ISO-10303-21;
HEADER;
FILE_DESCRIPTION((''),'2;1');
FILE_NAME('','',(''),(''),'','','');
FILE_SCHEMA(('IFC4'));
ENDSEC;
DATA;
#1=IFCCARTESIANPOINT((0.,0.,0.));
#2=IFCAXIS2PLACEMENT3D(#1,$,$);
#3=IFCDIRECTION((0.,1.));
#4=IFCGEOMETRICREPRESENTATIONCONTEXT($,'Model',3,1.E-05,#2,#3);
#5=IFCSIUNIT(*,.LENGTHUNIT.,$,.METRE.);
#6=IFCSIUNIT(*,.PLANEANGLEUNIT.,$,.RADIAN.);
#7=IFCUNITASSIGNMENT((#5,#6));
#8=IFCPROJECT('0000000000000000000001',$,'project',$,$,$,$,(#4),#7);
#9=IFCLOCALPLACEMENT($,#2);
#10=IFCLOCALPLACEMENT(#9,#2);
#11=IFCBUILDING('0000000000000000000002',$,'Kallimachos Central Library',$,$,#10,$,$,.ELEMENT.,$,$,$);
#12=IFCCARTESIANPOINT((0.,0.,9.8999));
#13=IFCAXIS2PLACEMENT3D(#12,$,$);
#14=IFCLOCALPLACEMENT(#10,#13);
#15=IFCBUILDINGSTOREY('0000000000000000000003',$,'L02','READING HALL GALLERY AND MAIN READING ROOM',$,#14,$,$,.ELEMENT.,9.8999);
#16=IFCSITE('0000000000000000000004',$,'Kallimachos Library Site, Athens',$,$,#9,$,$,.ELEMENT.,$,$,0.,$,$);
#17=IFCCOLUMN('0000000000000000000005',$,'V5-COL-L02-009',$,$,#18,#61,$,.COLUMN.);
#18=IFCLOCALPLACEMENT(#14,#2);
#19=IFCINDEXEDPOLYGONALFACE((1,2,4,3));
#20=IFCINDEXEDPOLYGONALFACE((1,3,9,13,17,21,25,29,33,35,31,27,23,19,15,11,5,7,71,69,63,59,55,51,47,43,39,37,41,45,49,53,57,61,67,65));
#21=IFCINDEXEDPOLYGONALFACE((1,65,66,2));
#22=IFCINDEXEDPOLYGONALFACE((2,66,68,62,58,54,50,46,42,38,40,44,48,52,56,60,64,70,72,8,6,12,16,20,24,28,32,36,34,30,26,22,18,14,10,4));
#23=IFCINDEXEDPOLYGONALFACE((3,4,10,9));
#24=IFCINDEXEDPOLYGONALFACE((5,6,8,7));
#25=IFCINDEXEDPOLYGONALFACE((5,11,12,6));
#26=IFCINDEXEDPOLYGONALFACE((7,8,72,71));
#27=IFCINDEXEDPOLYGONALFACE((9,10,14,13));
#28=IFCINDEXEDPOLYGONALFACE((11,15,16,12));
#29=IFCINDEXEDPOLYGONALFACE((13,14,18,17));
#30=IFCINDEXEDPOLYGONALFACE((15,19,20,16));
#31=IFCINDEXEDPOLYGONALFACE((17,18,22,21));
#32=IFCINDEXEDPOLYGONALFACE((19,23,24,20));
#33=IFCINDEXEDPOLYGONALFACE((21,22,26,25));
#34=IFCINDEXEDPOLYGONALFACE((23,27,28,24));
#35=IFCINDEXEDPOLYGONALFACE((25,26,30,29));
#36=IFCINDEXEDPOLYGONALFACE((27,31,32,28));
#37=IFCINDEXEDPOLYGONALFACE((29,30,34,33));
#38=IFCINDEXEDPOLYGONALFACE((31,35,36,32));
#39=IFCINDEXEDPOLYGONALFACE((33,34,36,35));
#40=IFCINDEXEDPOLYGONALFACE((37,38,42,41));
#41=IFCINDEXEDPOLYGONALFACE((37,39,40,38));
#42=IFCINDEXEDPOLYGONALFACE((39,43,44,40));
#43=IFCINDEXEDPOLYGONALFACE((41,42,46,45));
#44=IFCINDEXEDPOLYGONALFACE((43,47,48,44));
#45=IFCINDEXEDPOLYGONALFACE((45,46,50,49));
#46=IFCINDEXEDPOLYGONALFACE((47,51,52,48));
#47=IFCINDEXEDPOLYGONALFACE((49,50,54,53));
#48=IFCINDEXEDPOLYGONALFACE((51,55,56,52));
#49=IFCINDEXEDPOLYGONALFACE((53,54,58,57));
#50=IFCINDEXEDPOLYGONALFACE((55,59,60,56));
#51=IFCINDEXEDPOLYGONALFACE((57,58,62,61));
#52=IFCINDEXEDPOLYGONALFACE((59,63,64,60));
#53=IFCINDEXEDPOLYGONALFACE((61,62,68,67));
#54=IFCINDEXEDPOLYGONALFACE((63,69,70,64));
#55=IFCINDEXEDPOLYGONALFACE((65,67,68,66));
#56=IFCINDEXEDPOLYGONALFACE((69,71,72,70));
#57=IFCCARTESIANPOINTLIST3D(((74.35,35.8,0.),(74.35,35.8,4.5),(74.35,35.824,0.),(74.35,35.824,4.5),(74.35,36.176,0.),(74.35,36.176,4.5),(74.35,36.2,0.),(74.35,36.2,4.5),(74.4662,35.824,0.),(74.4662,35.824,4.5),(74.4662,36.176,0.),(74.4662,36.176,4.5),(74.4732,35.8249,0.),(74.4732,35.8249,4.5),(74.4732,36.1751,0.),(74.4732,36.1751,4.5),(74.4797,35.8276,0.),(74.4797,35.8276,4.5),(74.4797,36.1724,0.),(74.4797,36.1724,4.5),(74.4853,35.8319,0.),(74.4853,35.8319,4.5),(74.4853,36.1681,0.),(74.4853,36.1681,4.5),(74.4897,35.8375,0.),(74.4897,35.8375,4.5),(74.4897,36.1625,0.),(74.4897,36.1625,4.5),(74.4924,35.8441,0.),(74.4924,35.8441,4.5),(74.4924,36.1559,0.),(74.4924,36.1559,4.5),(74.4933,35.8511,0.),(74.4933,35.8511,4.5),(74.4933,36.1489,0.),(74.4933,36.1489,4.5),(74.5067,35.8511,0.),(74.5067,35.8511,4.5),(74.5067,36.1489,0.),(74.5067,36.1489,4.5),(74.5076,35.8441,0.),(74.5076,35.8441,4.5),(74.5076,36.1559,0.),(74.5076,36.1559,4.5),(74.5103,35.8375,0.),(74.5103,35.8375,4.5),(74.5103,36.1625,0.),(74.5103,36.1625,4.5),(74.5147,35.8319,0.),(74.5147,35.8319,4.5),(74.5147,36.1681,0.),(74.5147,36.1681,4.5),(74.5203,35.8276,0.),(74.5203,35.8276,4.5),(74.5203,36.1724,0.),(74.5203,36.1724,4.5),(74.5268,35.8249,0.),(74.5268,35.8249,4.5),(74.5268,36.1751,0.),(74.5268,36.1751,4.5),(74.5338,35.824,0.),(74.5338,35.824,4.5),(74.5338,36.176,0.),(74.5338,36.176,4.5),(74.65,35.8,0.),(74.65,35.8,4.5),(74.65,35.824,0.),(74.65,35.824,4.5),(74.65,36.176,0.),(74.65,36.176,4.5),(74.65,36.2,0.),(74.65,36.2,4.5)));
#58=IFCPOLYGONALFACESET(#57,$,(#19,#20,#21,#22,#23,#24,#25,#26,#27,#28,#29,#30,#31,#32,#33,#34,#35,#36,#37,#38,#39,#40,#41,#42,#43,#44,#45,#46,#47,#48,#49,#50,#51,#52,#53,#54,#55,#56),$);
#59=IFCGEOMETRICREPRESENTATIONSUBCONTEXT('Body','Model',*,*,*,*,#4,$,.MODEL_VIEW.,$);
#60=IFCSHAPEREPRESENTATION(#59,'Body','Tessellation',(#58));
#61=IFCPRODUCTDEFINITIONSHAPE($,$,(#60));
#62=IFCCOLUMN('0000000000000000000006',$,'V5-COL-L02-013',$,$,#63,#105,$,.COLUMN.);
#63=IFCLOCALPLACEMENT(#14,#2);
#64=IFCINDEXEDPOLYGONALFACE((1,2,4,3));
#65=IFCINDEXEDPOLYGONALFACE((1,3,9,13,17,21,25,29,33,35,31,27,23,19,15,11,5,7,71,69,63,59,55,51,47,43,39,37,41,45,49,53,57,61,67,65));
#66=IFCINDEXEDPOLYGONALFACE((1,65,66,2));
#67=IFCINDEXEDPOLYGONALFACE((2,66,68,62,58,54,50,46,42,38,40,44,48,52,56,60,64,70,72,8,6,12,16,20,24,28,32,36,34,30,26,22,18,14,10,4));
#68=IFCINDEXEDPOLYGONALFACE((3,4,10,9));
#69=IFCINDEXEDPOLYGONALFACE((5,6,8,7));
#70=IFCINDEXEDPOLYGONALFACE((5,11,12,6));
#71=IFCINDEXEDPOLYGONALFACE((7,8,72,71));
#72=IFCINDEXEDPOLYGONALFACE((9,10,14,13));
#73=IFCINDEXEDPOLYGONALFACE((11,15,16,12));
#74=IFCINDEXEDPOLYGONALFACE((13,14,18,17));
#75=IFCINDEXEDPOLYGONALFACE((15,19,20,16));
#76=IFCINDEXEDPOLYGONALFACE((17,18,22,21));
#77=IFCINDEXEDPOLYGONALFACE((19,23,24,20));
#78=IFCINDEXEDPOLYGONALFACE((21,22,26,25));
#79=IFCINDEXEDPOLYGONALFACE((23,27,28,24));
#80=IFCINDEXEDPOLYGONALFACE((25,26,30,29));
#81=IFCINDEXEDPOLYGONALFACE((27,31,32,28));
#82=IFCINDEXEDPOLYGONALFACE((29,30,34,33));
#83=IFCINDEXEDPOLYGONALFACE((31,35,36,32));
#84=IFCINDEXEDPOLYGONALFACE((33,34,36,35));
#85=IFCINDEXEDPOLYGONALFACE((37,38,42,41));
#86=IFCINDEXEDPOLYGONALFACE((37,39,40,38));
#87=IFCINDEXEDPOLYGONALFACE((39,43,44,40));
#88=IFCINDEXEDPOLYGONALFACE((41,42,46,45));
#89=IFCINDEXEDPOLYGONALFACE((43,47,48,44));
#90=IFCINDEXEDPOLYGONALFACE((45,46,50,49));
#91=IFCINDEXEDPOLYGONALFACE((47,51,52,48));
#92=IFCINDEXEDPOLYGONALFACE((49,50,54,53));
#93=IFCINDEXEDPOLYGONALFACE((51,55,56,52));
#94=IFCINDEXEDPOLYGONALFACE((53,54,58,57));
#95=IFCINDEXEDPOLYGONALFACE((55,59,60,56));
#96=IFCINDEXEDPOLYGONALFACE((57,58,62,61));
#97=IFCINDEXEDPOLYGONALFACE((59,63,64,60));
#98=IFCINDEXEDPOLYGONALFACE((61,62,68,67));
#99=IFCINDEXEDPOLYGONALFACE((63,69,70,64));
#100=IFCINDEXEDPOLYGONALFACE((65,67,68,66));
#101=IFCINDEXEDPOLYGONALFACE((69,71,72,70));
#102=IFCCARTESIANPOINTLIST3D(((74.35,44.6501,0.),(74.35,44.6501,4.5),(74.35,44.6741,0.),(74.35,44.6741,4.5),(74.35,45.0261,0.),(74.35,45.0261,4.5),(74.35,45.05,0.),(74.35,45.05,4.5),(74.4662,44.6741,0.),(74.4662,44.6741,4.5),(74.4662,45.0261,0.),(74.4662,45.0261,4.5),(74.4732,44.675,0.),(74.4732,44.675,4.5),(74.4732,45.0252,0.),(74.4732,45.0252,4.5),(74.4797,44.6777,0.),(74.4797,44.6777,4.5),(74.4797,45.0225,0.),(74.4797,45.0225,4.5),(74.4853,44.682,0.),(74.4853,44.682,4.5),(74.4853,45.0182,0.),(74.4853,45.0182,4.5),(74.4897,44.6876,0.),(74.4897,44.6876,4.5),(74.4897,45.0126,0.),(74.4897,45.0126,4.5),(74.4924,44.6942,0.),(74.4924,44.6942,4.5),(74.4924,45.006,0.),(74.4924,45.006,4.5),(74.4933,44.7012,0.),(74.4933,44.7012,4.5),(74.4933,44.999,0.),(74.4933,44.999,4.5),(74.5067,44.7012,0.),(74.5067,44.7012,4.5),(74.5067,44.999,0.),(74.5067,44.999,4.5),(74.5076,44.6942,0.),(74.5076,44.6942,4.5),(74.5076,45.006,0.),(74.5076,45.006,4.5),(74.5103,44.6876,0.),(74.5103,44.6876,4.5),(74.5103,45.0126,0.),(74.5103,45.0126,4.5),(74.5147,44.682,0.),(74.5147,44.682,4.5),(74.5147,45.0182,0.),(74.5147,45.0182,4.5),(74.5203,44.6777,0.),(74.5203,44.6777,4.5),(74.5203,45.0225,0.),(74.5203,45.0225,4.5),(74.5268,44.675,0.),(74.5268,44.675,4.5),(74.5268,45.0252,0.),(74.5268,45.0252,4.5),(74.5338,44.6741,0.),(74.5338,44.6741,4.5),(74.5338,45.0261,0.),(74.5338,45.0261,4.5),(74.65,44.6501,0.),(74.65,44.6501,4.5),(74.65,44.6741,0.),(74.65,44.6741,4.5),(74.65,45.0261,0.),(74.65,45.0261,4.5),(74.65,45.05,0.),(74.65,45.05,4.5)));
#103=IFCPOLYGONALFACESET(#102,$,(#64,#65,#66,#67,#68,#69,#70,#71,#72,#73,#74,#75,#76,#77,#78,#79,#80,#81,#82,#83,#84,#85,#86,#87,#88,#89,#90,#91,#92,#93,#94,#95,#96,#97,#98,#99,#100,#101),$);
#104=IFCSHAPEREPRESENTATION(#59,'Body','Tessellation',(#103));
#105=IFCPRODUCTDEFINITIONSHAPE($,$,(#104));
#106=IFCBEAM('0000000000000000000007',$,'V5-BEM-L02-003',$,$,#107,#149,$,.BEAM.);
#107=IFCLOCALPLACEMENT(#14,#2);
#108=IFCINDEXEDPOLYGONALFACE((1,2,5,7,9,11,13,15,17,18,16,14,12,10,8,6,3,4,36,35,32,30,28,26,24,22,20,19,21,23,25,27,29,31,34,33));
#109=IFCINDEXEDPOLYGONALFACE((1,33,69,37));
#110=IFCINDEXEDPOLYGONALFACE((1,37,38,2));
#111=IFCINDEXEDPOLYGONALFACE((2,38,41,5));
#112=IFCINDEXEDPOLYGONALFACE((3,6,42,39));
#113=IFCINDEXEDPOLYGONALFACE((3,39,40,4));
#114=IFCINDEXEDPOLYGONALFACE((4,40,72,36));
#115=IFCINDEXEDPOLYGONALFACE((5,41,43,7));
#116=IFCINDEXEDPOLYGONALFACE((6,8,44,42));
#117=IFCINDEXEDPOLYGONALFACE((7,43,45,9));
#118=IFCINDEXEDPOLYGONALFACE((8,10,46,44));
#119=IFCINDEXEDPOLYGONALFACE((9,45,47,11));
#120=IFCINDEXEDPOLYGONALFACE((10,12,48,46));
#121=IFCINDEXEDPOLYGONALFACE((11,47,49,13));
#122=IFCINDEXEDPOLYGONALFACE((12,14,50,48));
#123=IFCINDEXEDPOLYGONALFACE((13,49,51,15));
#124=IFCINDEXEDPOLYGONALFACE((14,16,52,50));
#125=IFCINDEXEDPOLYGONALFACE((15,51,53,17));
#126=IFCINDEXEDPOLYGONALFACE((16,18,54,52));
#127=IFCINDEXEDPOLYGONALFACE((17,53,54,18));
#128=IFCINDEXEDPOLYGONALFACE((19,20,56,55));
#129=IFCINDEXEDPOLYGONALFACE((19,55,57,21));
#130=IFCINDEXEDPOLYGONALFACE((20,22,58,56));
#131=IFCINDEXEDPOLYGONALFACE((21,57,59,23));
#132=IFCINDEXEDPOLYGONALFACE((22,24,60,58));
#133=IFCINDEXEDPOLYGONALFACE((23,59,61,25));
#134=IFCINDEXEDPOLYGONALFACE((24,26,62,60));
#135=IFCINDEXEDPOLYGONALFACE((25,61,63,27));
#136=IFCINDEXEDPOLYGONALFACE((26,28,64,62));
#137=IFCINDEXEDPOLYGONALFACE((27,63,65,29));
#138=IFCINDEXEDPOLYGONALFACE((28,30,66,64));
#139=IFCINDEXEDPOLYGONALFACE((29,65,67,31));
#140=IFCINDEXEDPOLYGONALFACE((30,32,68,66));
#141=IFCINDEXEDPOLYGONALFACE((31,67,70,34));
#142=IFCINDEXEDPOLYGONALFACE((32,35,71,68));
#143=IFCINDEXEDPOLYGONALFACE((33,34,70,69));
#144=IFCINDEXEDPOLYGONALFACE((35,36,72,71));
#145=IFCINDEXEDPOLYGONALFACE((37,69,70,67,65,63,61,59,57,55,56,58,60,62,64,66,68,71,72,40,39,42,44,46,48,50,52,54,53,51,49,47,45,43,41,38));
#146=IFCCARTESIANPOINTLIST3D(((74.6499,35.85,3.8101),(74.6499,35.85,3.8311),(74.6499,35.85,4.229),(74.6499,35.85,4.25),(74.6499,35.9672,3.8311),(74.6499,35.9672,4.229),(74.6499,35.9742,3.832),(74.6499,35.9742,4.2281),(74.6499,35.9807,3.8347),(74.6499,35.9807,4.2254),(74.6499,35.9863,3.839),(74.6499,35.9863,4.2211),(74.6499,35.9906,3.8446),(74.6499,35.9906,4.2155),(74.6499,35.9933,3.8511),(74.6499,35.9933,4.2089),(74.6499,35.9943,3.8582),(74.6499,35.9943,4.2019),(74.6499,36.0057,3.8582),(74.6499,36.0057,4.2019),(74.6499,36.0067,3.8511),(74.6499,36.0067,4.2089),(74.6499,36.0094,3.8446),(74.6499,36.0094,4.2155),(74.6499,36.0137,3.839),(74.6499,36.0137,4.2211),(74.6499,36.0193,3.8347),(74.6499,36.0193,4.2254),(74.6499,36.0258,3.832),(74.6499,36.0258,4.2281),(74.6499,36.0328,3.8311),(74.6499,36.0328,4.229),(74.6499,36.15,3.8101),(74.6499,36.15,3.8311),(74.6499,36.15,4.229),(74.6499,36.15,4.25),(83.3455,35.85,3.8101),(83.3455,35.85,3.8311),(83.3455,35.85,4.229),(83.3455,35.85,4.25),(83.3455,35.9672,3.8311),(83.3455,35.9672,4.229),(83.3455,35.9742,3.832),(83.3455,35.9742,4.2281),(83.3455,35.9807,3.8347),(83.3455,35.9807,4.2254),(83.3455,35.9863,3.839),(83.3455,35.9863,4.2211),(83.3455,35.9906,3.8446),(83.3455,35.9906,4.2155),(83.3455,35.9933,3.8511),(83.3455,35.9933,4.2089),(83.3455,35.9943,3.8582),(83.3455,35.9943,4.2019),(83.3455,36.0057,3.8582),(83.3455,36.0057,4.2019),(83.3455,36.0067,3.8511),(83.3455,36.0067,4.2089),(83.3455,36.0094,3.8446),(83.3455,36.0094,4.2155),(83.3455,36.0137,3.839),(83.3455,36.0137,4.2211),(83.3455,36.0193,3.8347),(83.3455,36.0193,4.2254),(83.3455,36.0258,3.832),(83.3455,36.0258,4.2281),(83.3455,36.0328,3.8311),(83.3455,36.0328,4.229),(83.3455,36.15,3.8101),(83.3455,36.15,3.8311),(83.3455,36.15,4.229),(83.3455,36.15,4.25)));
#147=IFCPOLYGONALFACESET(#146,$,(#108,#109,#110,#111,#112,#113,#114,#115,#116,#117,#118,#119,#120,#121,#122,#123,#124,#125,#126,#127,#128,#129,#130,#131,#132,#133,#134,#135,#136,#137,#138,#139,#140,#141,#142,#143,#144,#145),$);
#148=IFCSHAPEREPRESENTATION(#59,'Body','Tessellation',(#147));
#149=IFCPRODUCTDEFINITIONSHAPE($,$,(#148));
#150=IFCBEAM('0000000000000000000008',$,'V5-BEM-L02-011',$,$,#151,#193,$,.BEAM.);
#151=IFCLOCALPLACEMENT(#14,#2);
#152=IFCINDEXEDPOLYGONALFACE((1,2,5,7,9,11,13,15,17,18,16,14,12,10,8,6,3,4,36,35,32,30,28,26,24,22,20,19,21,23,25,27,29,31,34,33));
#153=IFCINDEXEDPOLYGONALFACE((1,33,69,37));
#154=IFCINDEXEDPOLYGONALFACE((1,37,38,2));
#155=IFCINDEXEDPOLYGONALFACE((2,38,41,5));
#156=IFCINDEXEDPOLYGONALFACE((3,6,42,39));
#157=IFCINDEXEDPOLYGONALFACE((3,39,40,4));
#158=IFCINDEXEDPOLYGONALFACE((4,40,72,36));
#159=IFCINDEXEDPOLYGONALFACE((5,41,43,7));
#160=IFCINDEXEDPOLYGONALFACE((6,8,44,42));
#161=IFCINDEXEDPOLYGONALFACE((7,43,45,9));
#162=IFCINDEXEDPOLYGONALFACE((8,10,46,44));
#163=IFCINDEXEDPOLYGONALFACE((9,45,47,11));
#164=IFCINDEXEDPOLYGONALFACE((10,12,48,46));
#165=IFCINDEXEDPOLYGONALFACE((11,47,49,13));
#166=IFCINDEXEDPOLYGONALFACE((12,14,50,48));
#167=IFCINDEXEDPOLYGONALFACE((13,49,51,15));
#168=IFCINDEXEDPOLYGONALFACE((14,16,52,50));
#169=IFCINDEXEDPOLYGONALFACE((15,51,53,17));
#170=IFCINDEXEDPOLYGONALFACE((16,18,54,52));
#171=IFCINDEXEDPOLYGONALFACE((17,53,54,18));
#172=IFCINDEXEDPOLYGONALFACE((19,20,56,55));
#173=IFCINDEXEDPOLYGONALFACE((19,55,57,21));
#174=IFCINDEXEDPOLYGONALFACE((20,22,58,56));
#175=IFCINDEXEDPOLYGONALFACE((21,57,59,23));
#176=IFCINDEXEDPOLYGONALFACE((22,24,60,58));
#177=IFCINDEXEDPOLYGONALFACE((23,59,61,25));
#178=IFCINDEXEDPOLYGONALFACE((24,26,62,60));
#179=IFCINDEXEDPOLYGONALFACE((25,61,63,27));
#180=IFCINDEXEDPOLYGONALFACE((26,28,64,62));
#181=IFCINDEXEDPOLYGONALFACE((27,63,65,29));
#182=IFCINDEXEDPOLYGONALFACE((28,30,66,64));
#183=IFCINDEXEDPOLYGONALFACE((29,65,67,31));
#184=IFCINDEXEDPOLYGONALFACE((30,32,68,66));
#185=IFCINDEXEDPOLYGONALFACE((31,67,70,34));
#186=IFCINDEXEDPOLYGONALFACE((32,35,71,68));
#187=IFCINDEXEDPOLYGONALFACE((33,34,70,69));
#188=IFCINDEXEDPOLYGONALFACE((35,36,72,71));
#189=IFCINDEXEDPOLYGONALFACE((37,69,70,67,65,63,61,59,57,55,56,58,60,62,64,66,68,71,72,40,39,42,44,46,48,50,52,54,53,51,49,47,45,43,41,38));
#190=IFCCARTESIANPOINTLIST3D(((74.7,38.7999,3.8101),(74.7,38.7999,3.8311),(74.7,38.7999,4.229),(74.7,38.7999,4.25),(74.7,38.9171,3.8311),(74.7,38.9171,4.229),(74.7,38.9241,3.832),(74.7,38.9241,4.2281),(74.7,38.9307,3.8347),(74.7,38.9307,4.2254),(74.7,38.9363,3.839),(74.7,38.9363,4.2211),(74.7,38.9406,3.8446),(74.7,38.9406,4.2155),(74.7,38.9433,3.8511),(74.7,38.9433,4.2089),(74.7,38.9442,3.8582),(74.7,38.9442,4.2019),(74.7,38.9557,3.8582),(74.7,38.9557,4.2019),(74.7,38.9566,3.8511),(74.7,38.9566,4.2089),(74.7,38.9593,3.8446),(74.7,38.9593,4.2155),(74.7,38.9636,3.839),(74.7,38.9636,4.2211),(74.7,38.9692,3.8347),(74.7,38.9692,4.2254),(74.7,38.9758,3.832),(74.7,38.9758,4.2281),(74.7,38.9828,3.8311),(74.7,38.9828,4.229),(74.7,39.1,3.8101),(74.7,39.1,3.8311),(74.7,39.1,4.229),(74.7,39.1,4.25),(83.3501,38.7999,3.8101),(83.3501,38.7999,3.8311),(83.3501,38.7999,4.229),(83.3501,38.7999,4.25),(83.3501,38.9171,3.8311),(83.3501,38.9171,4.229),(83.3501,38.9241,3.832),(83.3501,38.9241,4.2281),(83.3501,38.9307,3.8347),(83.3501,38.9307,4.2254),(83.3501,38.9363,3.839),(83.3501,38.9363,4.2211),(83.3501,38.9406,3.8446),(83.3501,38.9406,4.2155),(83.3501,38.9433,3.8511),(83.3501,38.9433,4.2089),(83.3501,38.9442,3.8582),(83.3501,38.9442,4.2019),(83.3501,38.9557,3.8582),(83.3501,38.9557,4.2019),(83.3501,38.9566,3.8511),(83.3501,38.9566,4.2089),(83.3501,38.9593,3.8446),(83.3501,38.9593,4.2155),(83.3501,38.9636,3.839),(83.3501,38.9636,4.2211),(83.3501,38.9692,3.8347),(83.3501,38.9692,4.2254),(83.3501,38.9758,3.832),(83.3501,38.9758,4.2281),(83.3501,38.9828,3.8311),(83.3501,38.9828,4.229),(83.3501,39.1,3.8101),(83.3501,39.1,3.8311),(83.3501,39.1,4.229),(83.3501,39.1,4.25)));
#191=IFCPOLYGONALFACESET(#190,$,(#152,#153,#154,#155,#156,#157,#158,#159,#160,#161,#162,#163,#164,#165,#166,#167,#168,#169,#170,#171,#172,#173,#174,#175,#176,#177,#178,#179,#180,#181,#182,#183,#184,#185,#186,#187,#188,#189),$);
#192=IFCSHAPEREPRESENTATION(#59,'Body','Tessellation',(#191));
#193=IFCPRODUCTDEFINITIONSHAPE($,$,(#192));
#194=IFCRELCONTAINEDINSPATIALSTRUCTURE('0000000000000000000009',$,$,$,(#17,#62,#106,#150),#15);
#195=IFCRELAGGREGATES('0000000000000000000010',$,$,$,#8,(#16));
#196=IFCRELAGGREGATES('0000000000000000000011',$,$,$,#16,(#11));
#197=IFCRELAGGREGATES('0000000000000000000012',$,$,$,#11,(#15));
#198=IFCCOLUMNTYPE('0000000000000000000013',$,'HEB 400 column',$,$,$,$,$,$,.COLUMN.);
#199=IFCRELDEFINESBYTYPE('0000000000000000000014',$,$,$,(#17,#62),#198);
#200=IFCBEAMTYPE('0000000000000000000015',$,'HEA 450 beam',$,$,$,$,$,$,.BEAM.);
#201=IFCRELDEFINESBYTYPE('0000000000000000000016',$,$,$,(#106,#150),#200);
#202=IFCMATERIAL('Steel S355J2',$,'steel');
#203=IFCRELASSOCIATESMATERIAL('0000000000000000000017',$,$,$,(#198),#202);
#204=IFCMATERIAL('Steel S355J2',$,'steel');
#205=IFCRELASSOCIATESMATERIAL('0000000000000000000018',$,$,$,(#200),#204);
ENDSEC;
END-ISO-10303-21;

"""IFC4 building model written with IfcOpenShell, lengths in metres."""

from ifc_helpers import new_model, si_unit, direction, frame, origin, origin_2d, place, context, subcontext, project, spatial, i_section, extrude, material, material_profile, profile_set, type_object, element, save


model = new_model("IFC4")

# Units and contexts
model_context = context("Model", 3, precision=1e-05, world=origin(), true_north=direction((0.0, 1.0)))
body_context = subcontext(model_context, "Body", "Model", "MODEL_VIEW")
ifc_project = project(units=[si_unit("LENGTHUNIT", "METRE"), si_unit("PLANEANGLEUNIT", "RADIAN")], contexts=[model_context])

# Site, building, storey
site_placement = place(None, origin())
site = spatial("IfcSite", under=ifc_project, at=site_placement, Name="Kallimachos Library Site, Athens", CompositionType="ELEMENT", RefElevation=0.0)
building_placement = place(site_placement, origin())
building = spatial("IfcBuilding", under=site, at=building_placement, Name="Kallimachos Central Library", CompositionType="ELEMENT")
storey_placement = place(building_placement, frame((0.0, 0.0, 9.8999)))
storey = spatial("IfcBuildingStorey", under=building, at=storey_placement, Name="L02", Description="READING HALL GALLERY AND MAIN READING ROOM", CompositionType="ELEMENT", Elevation=9.8999)

# Columns
ifc_material_1 = material(Name="Steel S355J2", Category="steel")
ifc_material_profile_1 = material_profile(ifc_material_1, i_section(OverallWidth=0.3, OverallDepth=0.3999, WebThickness=0.0134, FlangeThickness=0.0239, FilletRadius=0.0271, at=origin_2d()), Name="HEB 400")
ifc_profile_set_1 = profile_set([ifc_material_profile_1], Name="Steel S355J2")
column_type = type_object("IfcColumnType", Name="HEB 400 column", PredefinedType="COLUMN", material=ifc_profile_set_1)
for number, where, z_axis, x_axis, name in (
    (1, (74.5, 36.0, 0.0), (0.0, 0.0, 1.0), (1.0, 0.0, 0.0), "V5-COL-L02-009"),
    (2, (74.5, 44.8501, 0.0), (0.0, 0.0, 1.0), (1.0, 0.0, 0.0), "V5-COL-L02-013"),
):
    element("IfcColumn", number, at=place(storey_placement, frame(where, z_axis=z_axis, x_axis=x_axis)), inside=storey, type_object=column_type, Name=name, PredefinedType="COLUMN", context=body_context, shape_type="SweptSolid", body=[
        extrude(i_section(OverallWidth=0.3, OverallDepth=0.3999, WebThickness=0.0134, FlangeThickness=0.0239, FilletRadius=0.0271, at=origin_2d()), origin(), (0.0, 0.0, 1.0), 4.5),
    ])

# Beams
ifc_material_2 = material(Name="Steel S355J2", Category="steel")
ifc_material_profile_2 = material_profile(ifc_material_2, i_section(OverallWidth=0.3, OverallDepth=0.4399, WebThickness=0.0115, FlangeThickness=0.021, FilletRadius=0.0271, at=origin_2d()), Name="HEA 450")
ifc_profile_set_2 = profile_set([ifc_material_profile_2], Name="Steel S355J2")
beam_type = type_object("IfcBeamType", Name="HEA 450 beam", PredefinedType="BEAM", material=ifc_profile_set_2)
beam_1_placement = place(storey_placement, frame((74.6499, 36.0, 4.03), z_axis=(1.0, 0.0, 0.0), x_axis=(0.0, 1.0, 0.0)))
element("IfcBeam", 3, at=beam_1_placement, inside=storey, type_object=beam_type, Name="V5-BEM-L02-003", PredefinedType="BEAM", context=body_context, shape_type="SweptSolid", body=[
    extrude(i_section(OverallWidth=0.3, OverallDepth=0.4399, WebThickness=0.0115, FlangeThickness=0.021, FilletRadius=0.0271, at=origin_2d()), origin(), (0.0, 0.0, 1.0), 8.6956),
])
beam_2_placement = place(storey_placement, frame((74.7, 38.95, 4.03), z_axis=(1.0, 0.0, 0.0), x_axis=(0.0, 1.0, 0.0)))
element("IfcBeam", 4, at=beam_2_placement, inside=storey, type_object=beam_type, Name="V5-BEM-L02-011", PredefinedType="BEAM", context=body_context, shape_type="SweptSolid", body=[
    extrude(i_section(OverallWidth=0.3, OverallDepth=0.4399, WebThickness=0.0115, FlangeThickness=0.021, FilletRadius=0.0271, at=origin_2d()), origin(), (0.0, 0.0, 1.0), 8.6501),
])

save(model, "model.ifc")
